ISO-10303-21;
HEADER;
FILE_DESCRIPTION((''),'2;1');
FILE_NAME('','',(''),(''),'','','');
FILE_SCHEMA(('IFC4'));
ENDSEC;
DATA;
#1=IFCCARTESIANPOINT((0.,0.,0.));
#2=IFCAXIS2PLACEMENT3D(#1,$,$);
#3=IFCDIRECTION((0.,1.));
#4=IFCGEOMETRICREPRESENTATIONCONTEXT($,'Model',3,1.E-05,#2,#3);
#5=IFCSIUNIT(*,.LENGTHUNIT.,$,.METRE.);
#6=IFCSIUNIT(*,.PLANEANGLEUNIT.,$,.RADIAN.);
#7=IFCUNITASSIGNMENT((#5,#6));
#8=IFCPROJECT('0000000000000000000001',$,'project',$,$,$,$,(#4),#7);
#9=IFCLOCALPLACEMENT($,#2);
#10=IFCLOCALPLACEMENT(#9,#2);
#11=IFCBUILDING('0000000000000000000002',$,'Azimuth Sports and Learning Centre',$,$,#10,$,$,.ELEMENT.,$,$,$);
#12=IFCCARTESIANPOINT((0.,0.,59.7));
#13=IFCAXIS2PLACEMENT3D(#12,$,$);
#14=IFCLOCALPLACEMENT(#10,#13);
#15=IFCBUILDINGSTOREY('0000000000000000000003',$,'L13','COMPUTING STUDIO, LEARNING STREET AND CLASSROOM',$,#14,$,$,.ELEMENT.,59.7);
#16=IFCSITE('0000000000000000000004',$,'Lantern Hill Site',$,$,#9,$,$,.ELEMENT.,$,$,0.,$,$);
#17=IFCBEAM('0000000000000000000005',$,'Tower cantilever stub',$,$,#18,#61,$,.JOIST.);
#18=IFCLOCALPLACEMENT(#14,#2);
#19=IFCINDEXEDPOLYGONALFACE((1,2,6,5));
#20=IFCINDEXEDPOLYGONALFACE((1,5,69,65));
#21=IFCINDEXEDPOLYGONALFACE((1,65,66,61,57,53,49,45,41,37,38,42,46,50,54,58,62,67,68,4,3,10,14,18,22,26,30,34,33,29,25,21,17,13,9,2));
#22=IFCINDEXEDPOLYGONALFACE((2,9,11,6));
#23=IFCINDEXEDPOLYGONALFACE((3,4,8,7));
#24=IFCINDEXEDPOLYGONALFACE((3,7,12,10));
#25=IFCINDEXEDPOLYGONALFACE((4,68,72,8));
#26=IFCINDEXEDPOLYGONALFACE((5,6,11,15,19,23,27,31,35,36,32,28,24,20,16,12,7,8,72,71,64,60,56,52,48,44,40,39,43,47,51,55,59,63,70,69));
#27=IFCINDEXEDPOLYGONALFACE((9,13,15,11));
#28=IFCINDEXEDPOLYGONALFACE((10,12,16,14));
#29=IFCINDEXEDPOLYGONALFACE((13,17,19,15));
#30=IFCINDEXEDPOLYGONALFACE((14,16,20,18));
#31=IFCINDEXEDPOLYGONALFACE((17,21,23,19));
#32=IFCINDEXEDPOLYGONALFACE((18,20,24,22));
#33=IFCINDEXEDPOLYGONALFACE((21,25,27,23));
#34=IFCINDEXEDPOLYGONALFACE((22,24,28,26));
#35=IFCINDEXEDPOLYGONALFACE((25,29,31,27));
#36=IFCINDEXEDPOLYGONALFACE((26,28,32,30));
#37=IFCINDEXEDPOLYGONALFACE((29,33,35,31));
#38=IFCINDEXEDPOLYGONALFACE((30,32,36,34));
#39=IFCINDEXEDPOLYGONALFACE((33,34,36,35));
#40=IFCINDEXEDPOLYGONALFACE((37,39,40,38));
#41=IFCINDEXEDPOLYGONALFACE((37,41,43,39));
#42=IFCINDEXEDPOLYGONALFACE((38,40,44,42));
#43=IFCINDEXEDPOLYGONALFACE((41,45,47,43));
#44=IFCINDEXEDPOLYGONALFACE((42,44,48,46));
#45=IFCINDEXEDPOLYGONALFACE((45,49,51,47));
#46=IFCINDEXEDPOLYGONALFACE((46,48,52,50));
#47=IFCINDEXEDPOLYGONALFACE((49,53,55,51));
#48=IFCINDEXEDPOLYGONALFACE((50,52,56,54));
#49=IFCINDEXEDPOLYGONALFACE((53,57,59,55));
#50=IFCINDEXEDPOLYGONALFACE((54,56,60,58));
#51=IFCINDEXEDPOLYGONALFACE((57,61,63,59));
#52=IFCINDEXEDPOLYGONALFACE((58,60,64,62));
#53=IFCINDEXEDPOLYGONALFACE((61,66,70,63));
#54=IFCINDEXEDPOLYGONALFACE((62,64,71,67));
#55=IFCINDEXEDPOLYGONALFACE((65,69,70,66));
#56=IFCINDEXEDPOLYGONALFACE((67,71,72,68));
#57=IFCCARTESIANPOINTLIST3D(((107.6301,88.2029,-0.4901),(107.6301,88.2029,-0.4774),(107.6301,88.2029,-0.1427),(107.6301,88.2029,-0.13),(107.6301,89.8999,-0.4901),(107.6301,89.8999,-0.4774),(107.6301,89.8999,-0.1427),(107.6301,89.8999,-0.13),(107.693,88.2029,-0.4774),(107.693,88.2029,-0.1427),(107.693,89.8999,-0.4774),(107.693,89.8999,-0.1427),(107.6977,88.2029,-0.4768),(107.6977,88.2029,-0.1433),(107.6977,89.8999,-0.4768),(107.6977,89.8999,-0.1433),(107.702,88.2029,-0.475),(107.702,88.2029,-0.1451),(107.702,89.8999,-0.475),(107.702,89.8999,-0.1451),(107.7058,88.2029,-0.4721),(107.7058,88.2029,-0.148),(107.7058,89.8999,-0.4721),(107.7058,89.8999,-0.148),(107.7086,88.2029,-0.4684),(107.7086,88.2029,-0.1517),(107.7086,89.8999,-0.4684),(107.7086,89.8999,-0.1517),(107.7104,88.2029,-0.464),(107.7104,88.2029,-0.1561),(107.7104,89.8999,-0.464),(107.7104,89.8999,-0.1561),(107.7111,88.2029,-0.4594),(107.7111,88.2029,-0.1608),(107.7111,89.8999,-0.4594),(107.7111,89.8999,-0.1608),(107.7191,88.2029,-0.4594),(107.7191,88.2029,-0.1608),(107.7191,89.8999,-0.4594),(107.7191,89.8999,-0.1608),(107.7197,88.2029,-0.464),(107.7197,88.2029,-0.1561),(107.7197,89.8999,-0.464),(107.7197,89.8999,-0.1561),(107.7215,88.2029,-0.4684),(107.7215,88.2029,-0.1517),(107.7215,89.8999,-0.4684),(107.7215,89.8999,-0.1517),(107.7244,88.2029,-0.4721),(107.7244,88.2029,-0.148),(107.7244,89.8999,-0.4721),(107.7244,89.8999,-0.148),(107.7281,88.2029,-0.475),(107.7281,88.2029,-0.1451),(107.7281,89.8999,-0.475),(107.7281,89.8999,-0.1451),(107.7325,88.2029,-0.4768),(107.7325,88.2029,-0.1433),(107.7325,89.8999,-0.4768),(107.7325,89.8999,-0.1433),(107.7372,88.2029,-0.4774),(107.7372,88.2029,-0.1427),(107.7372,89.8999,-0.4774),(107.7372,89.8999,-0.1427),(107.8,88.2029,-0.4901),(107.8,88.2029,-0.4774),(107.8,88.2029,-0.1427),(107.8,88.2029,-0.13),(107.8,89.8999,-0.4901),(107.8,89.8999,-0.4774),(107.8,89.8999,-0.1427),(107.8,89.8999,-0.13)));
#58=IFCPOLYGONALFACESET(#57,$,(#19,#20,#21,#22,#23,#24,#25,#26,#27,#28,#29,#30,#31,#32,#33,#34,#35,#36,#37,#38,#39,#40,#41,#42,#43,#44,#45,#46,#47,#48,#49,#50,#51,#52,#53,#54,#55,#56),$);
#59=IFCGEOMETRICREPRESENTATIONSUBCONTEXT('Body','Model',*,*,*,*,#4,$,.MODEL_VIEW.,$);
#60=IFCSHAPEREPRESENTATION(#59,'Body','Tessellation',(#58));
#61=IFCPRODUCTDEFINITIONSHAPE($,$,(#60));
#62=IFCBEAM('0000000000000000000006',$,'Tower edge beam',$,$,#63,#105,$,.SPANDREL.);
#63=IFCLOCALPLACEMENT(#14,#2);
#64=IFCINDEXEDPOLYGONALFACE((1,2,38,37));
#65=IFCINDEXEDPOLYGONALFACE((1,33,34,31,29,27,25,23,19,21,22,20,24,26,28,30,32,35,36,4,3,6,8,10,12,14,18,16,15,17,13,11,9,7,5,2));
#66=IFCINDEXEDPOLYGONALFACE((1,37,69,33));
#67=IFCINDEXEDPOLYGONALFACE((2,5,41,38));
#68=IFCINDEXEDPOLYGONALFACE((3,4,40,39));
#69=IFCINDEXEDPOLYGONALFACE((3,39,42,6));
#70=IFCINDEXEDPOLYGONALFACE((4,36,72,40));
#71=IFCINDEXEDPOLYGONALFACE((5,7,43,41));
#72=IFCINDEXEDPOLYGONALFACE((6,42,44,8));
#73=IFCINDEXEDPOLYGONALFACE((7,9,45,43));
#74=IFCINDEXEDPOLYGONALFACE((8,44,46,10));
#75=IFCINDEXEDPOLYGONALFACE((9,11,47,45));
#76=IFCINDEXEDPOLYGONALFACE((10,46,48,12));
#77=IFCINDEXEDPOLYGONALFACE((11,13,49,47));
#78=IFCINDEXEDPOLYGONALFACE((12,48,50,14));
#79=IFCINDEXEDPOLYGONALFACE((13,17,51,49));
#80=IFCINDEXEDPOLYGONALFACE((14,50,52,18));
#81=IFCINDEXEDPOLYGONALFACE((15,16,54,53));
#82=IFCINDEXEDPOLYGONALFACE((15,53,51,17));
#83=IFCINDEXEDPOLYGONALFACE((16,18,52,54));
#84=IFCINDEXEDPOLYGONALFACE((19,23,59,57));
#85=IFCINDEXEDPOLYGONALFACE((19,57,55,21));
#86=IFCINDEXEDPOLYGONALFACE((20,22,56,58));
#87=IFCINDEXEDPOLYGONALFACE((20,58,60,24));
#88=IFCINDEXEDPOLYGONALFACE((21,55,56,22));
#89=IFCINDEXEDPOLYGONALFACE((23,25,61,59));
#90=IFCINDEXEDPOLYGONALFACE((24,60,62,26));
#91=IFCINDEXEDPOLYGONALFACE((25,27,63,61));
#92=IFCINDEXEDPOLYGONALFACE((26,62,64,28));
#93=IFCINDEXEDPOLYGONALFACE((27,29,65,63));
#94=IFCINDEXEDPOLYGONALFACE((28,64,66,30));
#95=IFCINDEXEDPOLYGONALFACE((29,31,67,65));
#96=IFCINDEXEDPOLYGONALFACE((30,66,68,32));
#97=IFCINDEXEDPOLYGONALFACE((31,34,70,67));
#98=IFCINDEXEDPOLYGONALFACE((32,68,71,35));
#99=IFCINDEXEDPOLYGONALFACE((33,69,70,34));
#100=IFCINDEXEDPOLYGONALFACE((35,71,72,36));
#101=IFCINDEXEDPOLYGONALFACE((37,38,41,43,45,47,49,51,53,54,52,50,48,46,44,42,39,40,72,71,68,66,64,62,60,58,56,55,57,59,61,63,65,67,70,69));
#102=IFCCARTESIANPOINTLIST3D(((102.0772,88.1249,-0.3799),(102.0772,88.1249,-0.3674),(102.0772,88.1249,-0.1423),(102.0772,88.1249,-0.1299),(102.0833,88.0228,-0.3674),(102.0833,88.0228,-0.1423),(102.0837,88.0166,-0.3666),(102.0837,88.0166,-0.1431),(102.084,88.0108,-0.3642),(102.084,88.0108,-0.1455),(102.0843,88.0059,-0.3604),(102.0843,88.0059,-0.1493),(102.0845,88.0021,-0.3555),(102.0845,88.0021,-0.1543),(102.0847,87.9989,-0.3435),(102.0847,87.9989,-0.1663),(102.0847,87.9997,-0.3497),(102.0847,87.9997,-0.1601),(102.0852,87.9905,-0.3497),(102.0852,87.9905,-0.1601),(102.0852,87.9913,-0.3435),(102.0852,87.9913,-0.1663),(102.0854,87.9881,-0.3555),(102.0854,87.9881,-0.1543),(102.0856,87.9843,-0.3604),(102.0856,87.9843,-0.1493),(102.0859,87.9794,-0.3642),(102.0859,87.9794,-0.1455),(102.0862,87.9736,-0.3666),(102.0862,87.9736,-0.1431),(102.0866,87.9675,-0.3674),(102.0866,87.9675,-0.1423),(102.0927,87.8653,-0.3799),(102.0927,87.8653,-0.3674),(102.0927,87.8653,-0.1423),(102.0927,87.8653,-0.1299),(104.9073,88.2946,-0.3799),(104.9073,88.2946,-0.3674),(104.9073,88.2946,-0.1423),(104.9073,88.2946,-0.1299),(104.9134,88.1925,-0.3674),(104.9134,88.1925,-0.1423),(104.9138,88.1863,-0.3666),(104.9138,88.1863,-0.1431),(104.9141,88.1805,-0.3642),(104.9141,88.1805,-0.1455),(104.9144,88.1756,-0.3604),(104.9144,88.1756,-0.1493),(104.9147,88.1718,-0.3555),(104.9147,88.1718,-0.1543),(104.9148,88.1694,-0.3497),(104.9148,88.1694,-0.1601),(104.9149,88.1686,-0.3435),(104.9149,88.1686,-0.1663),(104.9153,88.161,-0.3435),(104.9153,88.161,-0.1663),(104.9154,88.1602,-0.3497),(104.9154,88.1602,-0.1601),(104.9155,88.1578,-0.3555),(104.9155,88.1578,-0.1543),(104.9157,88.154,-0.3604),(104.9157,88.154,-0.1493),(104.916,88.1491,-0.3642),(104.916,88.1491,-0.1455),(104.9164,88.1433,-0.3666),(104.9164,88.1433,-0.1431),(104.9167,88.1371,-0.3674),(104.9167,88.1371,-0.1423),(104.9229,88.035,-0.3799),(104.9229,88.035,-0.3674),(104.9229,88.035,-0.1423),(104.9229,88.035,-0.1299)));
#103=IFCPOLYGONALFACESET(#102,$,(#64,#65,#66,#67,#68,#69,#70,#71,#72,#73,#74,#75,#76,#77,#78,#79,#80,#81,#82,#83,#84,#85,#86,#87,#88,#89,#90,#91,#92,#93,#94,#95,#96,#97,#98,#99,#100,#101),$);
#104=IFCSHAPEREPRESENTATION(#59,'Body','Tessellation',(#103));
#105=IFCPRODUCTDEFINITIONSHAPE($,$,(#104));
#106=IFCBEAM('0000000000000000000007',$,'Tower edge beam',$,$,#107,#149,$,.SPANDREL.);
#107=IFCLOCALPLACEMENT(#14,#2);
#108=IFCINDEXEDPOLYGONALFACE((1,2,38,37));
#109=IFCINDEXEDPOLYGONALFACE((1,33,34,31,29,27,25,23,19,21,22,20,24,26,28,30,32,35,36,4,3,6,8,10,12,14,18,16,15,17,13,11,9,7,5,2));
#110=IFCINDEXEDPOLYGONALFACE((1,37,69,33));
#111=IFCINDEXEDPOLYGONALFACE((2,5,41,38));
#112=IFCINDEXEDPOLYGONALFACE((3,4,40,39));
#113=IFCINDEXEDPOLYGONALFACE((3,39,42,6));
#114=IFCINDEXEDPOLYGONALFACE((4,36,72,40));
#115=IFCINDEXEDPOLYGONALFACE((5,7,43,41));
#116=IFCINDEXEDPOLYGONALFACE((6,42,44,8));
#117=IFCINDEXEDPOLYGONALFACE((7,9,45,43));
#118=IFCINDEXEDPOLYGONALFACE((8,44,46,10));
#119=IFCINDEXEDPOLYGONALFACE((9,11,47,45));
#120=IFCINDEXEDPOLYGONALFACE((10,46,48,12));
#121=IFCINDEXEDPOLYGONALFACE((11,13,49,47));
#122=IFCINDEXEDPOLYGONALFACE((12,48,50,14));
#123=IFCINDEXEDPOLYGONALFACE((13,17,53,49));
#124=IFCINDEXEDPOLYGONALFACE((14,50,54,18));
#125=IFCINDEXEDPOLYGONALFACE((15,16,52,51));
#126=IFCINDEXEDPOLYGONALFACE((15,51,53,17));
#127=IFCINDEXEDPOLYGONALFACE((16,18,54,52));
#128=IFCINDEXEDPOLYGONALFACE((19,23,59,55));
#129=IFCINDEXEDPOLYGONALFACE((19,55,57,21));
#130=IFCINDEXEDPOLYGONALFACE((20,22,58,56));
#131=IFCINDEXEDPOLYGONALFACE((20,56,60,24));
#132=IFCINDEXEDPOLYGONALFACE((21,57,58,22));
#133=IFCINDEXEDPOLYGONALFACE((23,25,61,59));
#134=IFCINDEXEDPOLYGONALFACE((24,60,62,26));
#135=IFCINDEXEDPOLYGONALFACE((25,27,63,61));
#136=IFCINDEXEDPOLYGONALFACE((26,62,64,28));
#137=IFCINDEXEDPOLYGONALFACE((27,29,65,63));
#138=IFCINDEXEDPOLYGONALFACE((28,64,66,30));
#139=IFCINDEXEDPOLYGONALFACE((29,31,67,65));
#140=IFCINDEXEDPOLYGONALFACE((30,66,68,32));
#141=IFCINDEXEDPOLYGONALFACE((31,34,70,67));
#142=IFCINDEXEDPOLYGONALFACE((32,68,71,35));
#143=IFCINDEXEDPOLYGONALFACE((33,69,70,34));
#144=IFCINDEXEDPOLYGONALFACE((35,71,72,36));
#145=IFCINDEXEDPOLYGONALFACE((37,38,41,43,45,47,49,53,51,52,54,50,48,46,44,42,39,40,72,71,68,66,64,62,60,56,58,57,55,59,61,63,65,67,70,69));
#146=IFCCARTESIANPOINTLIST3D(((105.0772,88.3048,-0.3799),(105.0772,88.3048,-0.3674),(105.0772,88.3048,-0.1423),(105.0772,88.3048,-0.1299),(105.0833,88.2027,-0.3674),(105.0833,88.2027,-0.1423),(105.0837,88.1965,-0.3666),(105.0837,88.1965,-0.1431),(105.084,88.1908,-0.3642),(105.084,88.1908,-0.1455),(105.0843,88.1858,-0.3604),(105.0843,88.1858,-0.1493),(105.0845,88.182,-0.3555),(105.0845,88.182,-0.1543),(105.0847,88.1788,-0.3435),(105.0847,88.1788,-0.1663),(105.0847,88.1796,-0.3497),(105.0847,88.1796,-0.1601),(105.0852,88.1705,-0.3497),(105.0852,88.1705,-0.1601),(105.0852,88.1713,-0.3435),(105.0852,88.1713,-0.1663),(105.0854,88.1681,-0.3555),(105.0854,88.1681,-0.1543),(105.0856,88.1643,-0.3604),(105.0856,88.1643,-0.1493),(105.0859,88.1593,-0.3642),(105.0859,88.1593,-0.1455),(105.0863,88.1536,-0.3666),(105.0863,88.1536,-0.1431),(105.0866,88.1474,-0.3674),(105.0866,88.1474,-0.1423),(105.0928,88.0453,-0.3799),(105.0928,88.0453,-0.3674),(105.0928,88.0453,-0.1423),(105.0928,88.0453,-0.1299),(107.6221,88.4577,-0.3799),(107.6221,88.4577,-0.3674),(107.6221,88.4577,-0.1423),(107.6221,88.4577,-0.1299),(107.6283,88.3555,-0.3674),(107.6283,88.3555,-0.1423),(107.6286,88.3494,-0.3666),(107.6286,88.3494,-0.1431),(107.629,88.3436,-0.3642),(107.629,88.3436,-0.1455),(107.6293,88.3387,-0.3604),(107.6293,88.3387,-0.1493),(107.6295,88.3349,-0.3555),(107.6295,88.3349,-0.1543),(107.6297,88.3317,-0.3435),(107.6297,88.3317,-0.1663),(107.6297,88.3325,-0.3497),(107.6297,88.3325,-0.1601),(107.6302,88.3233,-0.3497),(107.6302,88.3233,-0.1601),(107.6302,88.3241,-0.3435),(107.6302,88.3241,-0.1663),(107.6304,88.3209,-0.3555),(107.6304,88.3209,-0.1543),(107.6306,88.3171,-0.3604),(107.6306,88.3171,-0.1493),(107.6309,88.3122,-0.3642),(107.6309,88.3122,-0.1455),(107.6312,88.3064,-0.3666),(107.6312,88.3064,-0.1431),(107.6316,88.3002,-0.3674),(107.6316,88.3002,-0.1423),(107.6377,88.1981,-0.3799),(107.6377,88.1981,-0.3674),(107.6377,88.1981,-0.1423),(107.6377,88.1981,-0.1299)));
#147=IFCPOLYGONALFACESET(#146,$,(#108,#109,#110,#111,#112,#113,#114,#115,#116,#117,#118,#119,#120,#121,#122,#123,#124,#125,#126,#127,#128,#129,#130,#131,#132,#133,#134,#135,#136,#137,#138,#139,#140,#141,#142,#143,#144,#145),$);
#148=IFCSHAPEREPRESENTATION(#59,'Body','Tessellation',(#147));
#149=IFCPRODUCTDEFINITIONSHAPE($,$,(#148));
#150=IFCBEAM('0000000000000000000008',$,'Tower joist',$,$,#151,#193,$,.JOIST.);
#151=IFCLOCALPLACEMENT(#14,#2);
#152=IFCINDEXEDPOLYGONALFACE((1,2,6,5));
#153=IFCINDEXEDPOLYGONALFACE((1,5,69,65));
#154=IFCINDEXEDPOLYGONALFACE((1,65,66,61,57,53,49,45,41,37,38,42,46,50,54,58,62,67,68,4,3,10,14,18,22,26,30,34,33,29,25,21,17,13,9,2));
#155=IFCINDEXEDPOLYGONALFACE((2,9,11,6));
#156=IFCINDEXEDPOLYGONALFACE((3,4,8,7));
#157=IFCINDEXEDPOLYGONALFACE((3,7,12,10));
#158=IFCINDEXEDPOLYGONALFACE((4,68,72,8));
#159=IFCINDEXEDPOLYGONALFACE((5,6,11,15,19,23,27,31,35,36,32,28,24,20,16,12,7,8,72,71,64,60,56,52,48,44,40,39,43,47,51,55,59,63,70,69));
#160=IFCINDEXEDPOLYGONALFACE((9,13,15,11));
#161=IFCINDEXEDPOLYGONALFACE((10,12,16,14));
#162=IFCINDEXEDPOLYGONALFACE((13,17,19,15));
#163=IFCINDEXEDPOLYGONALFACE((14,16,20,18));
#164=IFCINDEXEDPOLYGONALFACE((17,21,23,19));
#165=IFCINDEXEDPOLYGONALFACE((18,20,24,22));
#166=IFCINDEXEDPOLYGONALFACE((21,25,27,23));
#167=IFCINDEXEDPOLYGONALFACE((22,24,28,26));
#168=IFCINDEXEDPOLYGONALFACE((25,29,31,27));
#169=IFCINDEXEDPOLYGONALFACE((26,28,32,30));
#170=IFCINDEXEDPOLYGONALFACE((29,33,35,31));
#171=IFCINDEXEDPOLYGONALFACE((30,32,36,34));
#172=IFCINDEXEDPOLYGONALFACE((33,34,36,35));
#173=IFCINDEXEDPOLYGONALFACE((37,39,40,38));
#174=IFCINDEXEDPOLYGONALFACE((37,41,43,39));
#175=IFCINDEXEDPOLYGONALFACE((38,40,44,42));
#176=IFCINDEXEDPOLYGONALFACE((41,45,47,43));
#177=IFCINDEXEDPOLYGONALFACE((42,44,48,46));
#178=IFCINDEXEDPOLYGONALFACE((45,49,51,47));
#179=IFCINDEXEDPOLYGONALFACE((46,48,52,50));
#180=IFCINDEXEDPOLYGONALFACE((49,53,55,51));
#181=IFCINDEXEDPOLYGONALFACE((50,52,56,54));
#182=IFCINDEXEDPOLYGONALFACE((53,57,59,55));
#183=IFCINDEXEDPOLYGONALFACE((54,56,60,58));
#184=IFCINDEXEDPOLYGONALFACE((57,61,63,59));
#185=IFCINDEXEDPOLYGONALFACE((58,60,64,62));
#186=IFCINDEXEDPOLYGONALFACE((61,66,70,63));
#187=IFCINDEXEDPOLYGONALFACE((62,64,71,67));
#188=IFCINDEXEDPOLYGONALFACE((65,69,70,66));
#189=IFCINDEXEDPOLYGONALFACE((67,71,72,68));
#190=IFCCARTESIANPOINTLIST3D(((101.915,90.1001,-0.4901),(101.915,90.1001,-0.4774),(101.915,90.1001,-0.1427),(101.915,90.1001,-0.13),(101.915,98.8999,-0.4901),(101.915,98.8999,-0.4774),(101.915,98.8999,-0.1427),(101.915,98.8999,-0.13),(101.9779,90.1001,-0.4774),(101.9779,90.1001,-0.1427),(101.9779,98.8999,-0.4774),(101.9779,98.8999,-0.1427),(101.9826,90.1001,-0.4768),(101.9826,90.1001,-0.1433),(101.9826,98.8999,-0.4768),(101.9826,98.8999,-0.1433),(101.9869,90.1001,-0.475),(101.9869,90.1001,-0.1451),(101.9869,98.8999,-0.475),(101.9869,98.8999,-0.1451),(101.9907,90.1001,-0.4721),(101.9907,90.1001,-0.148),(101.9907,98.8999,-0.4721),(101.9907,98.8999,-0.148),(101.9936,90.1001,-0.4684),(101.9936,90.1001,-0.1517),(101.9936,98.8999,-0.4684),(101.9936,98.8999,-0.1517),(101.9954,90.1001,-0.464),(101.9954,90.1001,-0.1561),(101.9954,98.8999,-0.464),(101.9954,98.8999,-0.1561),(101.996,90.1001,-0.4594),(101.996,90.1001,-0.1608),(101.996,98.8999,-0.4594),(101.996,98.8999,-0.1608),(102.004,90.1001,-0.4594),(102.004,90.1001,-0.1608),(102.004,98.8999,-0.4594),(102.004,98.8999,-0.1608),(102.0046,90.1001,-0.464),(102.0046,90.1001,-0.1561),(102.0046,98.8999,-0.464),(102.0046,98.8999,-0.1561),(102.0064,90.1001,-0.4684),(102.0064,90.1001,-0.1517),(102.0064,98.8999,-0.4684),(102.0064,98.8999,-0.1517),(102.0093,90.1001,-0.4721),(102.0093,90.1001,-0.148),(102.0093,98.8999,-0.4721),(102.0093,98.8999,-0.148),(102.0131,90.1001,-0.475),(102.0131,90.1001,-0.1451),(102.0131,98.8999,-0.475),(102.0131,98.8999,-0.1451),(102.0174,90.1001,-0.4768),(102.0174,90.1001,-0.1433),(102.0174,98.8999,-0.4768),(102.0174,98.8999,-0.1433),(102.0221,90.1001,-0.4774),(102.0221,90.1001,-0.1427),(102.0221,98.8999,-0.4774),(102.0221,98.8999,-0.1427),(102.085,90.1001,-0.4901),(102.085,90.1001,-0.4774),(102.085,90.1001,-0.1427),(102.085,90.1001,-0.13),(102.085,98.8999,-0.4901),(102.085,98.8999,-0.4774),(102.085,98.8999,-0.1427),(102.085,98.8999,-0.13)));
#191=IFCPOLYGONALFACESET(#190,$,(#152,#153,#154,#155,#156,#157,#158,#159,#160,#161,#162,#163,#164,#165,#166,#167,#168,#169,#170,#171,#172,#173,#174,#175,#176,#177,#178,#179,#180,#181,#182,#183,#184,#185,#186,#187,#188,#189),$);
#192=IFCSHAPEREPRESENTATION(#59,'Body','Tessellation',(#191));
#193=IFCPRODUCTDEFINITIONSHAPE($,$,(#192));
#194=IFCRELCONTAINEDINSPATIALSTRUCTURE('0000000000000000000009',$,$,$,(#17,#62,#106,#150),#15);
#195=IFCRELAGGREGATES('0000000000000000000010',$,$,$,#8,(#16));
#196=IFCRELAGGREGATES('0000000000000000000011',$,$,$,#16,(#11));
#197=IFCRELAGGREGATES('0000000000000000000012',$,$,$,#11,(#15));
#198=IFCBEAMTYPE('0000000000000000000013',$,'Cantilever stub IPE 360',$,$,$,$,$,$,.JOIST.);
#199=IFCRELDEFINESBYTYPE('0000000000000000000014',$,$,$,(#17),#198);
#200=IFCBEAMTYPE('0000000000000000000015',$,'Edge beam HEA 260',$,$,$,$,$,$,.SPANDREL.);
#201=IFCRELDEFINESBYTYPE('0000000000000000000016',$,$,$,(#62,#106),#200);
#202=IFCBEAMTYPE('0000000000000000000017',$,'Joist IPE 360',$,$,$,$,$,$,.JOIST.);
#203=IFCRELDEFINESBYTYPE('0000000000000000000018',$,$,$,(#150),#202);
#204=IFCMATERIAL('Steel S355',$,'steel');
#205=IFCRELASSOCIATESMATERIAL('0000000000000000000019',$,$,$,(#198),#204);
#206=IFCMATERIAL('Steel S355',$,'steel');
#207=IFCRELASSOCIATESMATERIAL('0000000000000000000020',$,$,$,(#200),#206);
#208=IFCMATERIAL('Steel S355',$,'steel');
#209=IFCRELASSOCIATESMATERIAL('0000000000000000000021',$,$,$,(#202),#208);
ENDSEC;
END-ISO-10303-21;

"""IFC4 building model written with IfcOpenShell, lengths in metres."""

from ifc_helpers import new_model, si_unit, direction, frame, origin, origin_2d, place, context, subcontext, project, spatial, i_section, extrude, material, material_profile, profile_set, type_object, element, save


model = new_model("IFC4")

# Units and contexts
model_context = context("Model", 3, precision=1e-05, world=origin(), true_north=direction((0.0, 1.0)))
body_context = subcontext(model_context, "Body", "Model", "MODEL_VIEW")
ifc_project = project(units=[si_unit("LENGTHUNIT", "METRE"), si_unit("PLANEANGLEUNIT", "RADIAN")], contexts=[model_context])

# Site, building, storey
site_placement = place(None, origin())
site = spatial("IfcSite", under=ifc_project, at=site_placement, Name="Lantern Hill Site", CompositionType="ELEMENT", RefElevation=0.0)
building_placement = place(site_placement, origin())
building = spatial("IfcBuilding", under=site, at=building_placement, Name="Azimuth Sports and Learning Centre", CompositionType="ELEMENT")
storey_placement = place(building_placement, frame((0.0, 0.0, 59.7)))
storey = spatial("IfcBuildingStorey", under=building, at=storey_placement, Name="L13", Description="COMPUTING STUDIO, LEARNING STREET AND CLASSROOM", CompositionType="ELEMENT", Elevation=59.7)

# Beams
ifc_material_1 = material(Name="Steel S355", Category="steel")
ifc_material_profile_1 = material_profile(ifc_material_1, i_section(OverallWidth=0.1699, OverallDepth=0.3601, WebThickness=0.0081, FlangeThickness=0.0127, FilletRadius=0.0181, at=origin_2d()), Name="IPE 360")
ifc_profile_set_1 = profile_set([ifc_material_profile_1], Name="Steel S355")
beam_type_1 = type_object("IfcBeamType", Name="Cantilever stub IPE 360", PredefinedType="JOIST", material=ifc_profile_set_1)
beam_1_placement = place(storey_placement, frame((107.7151, 89.8999, -0.3101), z_axis=(0.0, -1.0, 0.0), x_axis=(1.0, 0.0, 0.0)))
element("IfcBeam", 1, at=beam_1_placement, inside=storey, type_object=beam_type_1, Name="Tower cantilever stub", PredefinedType="JOIST", context=body_context, shape_type="SweptSolid", body=[
    extrude(i_section(OverallWidth=0.1699, OverallDepth=0.3601, WebThickness=0.0081, FlangeThickness=0.0127, FilletRadius=0.0181, at=origin_2d()), origin(), (0.0, 0.0, 1.0), 1.697),
])
ifc_material_2 = material(Name="Steel S355", Category="steel")
ifc_material_profile_2 = material_profile(ifc_material_2, i_section(OverallWidth=0.26, OverallDepth=0.25, WebThickness=0.0076, FlangeThickness=0.0125, FilletRadius=0.0239, at=origin_2d()), Name="HEA 260")
ifc_profile_set_2 = profile_set([ifc_material_profile_2], Name="Steel S355")
beam_type_2 = type_object("IfcBeamType", Name="Edge beam HEA 260", PredefinedType="SPANDREL", material=ifc_profile_set_2)
beam_2_placement = place(storey_placement, frame((102.085, 87.9951, -0.2549), z_axis=(0.998208, 0.059848, 0.0), x_axis=(-0.059848, 0.998208, 0.0)))
element("IfcBeam", 2, at=beam_2_placement, inside=storey, type_object=beam_type_2, Name="Tower edge beam", PredefinedType="SPANDREL", context=body_context, shape_type="SweptSolid", body=[
    extrude(i_section(OverallWidth=0.26, OverallDepth=0.25, WebThickness=0.0076, FlangeThickness=0.0125, FilletRadius=0.0239, at=origin_2d()), origin(), (0.0, 0.0, 1.0), 2.8352),
])
beam_3_placement = place(storey_placement, frame((105.085, 88.175, -0.2549), z_axis=(0.998202, 0.059946, 0.0), x_axis=(-0.059946, 0.998202, 0.0)))
element("IfcBeam", 3, at=beam_3_placement, inside=storey, type_object=beam_type_2, Name="Tower edge beam", PredefinedType="SPANDREL", context=body_context, shape_type="SweptSolid", body=[
    extrude(i_section(OverallWidth=0.26, OverallDepth=0.25, WebThickness=0.0076, FlangeThickness=0.0125, FilletRadius=0.0239, at=origin_2d()), origin(), (0.0, 0.0, 1.0), 2.5496),
])
ifc_material_3 = material(Name="Steel S355", Category="steel")
ifc_material_profile_3 = material_profile(ifc_material_3, i_section(OverallWidth=0.1699, OverallDepth=0.3601, WebThickness=0.0081, FlangeThickness=0.0127, FilletRadius=0.0181, at=origin_2d()), Name="IPE 360")
ifc_profile_set_3 = profile_set([ifc_material_profile_3], Name="Steel S355")
beam_type_3 = type_object("IfcBeamType", Name="Joist IPE 360", PredefinedType="JOIST", material=ifc_profile_set_3)
for number, where, z_axis, x_axis, name in (
    (4, (102.0, 90.1001, -0.3101), (0.0, 1.0, 0.0), (-1.0, 0.0, 0.0), "Tower joist"),
):
    element("IfcBeam", number, at=place(storey_placement, frame(where, z_axis=z_axis, x_axis=x_axis)), inside=storey, type_object=beam_type_3, Name=name, PredefinedType="JOIST", context=body_context, shape_type="SweptSolid", body=[
        extrude(i_section(OverallWidth=0.1699, OverallDepth=0.3601, WebThickness=0.0081, FlangeThickness=0.0127, FilletRadius=0.0181, at=origin_2d()), origin(), (0.0, 0.0, 1.0), 8.7998),
    ])

save(model, "model.ifc")
